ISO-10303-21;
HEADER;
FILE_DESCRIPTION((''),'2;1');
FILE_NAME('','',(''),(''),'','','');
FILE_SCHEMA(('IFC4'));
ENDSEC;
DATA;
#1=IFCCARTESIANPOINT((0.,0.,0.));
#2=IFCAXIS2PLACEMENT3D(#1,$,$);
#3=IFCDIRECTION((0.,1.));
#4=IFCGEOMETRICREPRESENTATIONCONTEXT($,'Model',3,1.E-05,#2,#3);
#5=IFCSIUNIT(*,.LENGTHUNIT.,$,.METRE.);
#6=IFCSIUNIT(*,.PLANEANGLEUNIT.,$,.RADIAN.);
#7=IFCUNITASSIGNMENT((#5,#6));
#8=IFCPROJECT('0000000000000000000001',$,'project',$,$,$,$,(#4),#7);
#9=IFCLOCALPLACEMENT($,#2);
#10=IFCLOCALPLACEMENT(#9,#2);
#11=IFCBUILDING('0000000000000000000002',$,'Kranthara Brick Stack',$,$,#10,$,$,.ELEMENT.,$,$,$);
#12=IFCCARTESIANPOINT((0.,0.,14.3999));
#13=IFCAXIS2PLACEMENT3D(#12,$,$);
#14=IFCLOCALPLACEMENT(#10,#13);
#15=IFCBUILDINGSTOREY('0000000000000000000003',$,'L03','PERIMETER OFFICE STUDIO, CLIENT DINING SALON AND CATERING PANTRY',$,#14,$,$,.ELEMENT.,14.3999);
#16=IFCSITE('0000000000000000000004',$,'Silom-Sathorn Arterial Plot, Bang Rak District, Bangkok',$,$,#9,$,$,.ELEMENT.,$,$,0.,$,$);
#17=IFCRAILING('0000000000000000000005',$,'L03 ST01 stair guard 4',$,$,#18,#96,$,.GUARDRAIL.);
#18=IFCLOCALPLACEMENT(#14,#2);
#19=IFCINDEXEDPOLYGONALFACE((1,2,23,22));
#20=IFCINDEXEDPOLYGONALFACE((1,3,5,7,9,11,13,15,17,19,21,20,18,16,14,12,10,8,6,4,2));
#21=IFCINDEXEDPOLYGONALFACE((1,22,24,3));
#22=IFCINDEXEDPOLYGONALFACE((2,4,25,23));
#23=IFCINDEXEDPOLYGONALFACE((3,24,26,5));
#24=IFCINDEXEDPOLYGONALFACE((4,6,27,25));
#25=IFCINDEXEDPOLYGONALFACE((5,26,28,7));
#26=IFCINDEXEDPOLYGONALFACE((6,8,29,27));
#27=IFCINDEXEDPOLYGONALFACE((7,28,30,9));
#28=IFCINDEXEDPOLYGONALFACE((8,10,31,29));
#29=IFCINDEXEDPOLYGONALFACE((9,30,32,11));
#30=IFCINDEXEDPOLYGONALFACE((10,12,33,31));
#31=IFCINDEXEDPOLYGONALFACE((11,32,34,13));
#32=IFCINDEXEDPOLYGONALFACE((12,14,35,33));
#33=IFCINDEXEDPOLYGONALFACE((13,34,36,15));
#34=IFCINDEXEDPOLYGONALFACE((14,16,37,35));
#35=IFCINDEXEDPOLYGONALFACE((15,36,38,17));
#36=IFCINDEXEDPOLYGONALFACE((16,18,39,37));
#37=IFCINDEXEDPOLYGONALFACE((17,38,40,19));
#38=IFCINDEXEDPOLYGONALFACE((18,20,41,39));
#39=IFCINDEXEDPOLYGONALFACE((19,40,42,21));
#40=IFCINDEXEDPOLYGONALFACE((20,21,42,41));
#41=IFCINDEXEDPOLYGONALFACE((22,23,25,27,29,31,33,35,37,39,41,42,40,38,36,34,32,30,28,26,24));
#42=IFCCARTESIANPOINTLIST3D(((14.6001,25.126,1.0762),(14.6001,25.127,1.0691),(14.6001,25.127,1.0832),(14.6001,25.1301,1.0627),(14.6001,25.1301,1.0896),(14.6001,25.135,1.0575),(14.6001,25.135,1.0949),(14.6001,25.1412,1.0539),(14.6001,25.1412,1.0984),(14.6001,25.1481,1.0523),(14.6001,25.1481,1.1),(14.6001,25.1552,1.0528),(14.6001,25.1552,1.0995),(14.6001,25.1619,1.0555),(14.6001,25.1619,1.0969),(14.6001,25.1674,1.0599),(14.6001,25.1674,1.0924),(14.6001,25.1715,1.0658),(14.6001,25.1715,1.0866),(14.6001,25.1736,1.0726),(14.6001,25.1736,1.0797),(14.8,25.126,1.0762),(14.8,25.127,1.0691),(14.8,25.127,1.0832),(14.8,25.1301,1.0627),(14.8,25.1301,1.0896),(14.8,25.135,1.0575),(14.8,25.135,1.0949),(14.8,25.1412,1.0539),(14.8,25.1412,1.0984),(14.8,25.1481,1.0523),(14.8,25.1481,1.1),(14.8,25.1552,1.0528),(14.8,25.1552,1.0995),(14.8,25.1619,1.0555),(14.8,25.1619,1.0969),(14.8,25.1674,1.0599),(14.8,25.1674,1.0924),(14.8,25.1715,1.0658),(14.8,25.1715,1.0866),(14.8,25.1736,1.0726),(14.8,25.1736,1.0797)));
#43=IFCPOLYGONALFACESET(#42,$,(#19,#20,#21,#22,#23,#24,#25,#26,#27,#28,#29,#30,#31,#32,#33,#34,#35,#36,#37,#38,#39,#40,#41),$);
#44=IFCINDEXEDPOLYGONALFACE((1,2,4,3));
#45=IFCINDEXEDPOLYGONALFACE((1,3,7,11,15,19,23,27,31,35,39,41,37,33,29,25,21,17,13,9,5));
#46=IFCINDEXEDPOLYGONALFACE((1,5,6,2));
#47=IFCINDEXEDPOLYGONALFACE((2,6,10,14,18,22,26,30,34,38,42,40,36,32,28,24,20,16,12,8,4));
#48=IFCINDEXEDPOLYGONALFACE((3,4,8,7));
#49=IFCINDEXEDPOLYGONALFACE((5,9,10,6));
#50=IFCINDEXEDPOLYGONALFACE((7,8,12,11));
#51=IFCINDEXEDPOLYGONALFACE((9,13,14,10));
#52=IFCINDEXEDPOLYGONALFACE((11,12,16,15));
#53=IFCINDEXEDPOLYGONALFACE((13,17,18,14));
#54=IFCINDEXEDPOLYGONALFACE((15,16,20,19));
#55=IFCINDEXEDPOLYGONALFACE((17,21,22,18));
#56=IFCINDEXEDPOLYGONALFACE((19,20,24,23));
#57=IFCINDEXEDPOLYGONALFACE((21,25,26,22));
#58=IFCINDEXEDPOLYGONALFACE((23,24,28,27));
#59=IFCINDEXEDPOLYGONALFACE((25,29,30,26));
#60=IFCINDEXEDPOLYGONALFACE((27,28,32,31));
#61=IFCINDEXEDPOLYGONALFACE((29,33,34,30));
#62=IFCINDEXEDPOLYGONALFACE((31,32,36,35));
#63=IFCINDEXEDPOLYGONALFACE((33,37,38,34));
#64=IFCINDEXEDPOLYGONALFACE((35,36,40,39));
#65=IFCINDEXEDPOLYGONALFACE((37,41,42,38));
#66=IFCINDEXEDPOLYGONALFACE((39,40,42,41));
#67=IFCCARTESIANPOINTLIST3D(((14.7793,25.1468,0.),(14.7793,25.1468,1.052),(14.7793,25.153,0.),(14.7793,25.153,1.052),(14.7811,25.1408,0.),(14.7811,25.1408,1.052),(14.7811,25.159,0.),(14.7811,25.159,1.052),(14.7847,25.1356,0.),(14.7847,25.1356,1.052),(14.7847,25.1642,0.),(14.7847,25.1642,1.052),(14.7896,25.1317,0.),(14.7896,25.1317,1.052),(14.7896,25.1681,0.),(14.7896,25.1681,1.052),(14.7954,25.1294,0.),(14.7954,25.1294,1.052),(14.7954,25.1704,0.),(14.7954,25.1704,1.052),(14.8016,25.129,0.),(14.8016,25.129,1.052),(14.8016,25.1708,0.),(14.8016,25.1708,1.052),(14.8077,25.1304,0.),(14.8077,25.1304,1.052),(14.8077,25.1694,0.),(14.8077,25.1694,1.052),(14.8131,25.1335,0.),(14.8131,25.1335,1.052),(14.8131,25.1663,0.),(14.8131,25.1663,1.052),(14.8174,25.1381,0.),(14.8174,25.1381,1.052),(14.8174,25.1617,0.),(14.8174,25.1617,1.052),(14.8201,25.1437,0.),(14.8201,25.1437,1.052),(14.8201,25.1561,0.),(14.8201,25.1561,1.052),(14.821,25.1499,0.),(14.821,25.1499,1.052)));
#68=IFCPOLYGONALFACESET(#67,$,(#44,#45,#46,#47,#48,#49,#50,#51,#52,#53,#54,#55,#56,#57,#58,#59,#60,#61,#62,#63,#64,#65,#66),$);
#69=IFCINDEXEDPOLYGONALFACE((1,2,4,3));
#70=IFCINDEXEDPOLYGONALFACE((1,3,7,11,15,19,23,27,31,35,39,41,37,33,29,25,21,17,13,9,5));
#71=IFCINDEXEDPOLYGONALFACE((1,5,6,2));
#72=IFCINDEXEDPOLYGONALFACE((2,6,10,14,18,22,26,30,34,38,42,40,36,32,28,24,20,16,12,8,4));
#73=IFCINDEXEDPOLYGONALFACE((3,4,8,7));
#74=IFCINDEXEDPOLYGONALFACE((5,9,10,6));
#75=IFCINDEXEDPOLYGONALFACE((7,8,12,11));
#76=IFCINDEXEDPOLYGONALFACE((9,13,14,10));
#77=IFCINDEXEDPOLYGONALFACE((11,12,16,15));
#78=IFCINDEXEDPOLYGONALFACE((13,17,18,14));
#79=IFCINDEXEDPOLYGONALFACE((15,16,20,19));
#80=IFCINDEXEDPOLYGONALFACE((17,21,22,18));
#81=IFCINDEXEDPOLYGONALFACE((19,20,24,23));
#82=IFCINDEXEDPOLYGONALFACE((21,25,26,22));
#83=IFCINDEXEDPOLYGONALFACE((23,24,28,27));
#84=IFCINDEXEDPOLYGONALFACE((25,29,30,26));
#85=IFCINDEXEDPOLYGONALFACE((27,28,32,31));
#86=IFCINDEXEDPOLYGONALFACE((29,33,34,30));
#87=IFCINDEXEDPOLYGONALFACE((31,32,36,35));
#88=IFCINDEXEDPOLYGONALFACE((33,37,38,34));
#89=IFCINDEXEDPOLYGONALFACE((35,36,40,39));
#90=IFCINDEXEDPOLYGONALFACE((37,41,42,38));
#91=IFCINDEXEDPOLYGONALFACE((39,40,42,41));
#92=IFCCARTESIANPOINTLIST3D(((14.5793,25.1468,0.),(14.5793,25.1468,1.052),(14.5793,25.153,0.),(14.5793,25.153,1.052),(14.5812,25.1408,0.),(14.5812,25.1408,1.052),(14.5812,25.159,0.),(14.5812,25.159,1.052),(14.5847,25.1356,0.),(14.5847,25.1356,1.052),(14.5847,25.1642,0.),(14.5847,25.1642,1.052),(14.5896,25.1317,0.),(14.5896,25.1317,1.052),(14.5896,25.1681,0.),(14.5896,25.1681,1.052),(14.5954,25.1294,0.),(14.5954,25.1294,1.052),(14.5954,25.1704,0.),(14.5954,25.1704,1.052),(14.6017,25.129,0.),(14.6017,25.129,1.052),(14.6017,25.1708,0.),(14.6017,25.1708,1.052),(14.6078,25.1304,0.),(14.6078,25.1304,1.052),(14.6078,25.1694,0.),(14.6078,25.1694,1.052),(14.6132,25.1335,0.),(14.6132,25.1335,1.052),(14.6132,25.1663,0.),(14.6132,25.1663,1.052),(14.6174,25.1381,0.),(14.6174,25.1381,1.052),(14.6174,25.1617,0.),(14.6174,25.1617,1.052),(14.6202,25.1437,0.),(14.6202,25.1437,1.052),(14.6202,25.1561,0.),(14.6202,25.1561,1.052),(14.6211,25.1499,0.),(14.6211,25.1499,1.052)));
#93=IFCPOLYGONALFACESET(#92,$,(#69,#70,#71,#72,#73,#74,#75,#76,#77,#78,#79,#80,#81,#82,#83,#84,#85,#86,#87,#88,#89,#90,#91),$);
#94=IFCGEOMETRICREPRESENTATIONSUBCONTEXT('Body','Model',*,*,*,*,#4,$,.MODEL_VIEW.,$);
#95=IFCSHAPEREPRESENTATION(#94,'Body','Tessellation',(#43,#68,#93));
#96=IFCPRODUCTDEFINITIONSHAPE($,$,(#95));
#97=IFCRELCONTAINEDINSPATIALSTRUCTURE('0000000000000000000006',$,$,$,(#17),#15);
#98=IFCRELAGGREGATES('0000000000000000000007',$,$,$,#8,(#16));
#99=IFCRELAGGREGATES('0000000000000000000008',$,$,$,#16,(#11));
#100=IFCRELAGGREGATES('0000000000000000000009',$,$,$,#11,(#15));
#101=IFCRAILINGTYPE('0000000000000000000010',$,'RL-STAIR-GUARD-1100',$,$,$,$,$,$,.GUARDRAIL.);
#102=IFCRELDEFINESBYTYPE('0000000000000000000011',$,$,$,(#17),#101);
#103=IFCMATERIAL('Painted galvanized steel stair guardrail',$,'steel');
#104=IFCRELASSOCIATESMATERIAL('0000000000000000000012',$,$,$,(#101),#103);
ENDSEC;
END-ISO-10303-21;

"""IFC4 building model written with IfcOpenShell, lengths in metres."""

from ifc_helpers import new_model, si_unit, direction, frame, origin, origin_2d, place, context, subcontext, project, spatial, circle, extrude, material, type_object, element, save


model = new_model("IFC4")

# Units and contexts
model_context = context("Model", 3, precision=1e-05, world=origin(), true_north=direction((0.0, 1.0)))
body_context = subcontext(model_context, "Body", "Model", "MODEL_VIEW")
ifc_project = project(units=[si_unit("LENGTHUNIT", "METRE"), si_unit("PLANEANGLEUNIT", "RADIAN")], contexts=[model_context])

# Site, building, storey
site_placement = place(None, origin())
site = spatial("IfcSite", under=ifc_project, at=site_placement, Name="Silom-Sathorn Arterial Plot, Bang Rak District, Bangkok", CompositionType="ELEMENT", RefElevation=0.0)
building_placement = place(site_placement, origin())
building = spatial("IfcBuilding", under=site, at=building_placement, Name="Kranthara Brick Stack", CompositionType="ELEMENT")
storey_placement = place(building_placement, frame((0.0, 0.0, 14.3999)))
storey = spatial("IfcBuildingStorey", under=building, at=storey_placement, Name="L03", Description="PERIMETER OFFICE STUDIO, CLIENT DINING SALON AND CATERING PANTRY", CompositionType="ELEMENT", Elevation=14.3999)

# Railing
ifc_material_1 = material(Name="Painted galvanized steel stair guardrail", Category="steel")
railing_type_1 = type_object("IfcRailingType", Name="RL-STAIR-GUARD-1100", PredefinedType="GUARDRAIL", material=ifc_material_1)
railing_1_placement = place(storey_placement, frame((14.8, 25.1499, 0.0)))
element("IfcRailing", 1, at=railing_1_placement, inside=storey, type_object=railing_type_1, Name="L03 ST01 stair guard 4", PredefinedType="GUARDRAIL", context=body_context, shape_type="SweptSolid", body=[
    extrude(circle(Radius=0.0239, at=origin_2d()), frame((0.0, 0.0, 1.0762), z_axis=(-1.0, 0.0, 0.0), x_axis=(0.0, -1.0, 0.0)), (0.0, 0.0, 1.0), 0.2),
    extrude(circle(Radius=0.021, at=origin_2d()), origin(), (0.0, 0.0, 1.0), 1.052),
    extrude(circle(Radius=0.021, at=origin_2d()), frame((-0.2, 0.0, 0.0)), (0.0, 0.0, 1.0), 1.052),
])

save(model, "model.ifc")
